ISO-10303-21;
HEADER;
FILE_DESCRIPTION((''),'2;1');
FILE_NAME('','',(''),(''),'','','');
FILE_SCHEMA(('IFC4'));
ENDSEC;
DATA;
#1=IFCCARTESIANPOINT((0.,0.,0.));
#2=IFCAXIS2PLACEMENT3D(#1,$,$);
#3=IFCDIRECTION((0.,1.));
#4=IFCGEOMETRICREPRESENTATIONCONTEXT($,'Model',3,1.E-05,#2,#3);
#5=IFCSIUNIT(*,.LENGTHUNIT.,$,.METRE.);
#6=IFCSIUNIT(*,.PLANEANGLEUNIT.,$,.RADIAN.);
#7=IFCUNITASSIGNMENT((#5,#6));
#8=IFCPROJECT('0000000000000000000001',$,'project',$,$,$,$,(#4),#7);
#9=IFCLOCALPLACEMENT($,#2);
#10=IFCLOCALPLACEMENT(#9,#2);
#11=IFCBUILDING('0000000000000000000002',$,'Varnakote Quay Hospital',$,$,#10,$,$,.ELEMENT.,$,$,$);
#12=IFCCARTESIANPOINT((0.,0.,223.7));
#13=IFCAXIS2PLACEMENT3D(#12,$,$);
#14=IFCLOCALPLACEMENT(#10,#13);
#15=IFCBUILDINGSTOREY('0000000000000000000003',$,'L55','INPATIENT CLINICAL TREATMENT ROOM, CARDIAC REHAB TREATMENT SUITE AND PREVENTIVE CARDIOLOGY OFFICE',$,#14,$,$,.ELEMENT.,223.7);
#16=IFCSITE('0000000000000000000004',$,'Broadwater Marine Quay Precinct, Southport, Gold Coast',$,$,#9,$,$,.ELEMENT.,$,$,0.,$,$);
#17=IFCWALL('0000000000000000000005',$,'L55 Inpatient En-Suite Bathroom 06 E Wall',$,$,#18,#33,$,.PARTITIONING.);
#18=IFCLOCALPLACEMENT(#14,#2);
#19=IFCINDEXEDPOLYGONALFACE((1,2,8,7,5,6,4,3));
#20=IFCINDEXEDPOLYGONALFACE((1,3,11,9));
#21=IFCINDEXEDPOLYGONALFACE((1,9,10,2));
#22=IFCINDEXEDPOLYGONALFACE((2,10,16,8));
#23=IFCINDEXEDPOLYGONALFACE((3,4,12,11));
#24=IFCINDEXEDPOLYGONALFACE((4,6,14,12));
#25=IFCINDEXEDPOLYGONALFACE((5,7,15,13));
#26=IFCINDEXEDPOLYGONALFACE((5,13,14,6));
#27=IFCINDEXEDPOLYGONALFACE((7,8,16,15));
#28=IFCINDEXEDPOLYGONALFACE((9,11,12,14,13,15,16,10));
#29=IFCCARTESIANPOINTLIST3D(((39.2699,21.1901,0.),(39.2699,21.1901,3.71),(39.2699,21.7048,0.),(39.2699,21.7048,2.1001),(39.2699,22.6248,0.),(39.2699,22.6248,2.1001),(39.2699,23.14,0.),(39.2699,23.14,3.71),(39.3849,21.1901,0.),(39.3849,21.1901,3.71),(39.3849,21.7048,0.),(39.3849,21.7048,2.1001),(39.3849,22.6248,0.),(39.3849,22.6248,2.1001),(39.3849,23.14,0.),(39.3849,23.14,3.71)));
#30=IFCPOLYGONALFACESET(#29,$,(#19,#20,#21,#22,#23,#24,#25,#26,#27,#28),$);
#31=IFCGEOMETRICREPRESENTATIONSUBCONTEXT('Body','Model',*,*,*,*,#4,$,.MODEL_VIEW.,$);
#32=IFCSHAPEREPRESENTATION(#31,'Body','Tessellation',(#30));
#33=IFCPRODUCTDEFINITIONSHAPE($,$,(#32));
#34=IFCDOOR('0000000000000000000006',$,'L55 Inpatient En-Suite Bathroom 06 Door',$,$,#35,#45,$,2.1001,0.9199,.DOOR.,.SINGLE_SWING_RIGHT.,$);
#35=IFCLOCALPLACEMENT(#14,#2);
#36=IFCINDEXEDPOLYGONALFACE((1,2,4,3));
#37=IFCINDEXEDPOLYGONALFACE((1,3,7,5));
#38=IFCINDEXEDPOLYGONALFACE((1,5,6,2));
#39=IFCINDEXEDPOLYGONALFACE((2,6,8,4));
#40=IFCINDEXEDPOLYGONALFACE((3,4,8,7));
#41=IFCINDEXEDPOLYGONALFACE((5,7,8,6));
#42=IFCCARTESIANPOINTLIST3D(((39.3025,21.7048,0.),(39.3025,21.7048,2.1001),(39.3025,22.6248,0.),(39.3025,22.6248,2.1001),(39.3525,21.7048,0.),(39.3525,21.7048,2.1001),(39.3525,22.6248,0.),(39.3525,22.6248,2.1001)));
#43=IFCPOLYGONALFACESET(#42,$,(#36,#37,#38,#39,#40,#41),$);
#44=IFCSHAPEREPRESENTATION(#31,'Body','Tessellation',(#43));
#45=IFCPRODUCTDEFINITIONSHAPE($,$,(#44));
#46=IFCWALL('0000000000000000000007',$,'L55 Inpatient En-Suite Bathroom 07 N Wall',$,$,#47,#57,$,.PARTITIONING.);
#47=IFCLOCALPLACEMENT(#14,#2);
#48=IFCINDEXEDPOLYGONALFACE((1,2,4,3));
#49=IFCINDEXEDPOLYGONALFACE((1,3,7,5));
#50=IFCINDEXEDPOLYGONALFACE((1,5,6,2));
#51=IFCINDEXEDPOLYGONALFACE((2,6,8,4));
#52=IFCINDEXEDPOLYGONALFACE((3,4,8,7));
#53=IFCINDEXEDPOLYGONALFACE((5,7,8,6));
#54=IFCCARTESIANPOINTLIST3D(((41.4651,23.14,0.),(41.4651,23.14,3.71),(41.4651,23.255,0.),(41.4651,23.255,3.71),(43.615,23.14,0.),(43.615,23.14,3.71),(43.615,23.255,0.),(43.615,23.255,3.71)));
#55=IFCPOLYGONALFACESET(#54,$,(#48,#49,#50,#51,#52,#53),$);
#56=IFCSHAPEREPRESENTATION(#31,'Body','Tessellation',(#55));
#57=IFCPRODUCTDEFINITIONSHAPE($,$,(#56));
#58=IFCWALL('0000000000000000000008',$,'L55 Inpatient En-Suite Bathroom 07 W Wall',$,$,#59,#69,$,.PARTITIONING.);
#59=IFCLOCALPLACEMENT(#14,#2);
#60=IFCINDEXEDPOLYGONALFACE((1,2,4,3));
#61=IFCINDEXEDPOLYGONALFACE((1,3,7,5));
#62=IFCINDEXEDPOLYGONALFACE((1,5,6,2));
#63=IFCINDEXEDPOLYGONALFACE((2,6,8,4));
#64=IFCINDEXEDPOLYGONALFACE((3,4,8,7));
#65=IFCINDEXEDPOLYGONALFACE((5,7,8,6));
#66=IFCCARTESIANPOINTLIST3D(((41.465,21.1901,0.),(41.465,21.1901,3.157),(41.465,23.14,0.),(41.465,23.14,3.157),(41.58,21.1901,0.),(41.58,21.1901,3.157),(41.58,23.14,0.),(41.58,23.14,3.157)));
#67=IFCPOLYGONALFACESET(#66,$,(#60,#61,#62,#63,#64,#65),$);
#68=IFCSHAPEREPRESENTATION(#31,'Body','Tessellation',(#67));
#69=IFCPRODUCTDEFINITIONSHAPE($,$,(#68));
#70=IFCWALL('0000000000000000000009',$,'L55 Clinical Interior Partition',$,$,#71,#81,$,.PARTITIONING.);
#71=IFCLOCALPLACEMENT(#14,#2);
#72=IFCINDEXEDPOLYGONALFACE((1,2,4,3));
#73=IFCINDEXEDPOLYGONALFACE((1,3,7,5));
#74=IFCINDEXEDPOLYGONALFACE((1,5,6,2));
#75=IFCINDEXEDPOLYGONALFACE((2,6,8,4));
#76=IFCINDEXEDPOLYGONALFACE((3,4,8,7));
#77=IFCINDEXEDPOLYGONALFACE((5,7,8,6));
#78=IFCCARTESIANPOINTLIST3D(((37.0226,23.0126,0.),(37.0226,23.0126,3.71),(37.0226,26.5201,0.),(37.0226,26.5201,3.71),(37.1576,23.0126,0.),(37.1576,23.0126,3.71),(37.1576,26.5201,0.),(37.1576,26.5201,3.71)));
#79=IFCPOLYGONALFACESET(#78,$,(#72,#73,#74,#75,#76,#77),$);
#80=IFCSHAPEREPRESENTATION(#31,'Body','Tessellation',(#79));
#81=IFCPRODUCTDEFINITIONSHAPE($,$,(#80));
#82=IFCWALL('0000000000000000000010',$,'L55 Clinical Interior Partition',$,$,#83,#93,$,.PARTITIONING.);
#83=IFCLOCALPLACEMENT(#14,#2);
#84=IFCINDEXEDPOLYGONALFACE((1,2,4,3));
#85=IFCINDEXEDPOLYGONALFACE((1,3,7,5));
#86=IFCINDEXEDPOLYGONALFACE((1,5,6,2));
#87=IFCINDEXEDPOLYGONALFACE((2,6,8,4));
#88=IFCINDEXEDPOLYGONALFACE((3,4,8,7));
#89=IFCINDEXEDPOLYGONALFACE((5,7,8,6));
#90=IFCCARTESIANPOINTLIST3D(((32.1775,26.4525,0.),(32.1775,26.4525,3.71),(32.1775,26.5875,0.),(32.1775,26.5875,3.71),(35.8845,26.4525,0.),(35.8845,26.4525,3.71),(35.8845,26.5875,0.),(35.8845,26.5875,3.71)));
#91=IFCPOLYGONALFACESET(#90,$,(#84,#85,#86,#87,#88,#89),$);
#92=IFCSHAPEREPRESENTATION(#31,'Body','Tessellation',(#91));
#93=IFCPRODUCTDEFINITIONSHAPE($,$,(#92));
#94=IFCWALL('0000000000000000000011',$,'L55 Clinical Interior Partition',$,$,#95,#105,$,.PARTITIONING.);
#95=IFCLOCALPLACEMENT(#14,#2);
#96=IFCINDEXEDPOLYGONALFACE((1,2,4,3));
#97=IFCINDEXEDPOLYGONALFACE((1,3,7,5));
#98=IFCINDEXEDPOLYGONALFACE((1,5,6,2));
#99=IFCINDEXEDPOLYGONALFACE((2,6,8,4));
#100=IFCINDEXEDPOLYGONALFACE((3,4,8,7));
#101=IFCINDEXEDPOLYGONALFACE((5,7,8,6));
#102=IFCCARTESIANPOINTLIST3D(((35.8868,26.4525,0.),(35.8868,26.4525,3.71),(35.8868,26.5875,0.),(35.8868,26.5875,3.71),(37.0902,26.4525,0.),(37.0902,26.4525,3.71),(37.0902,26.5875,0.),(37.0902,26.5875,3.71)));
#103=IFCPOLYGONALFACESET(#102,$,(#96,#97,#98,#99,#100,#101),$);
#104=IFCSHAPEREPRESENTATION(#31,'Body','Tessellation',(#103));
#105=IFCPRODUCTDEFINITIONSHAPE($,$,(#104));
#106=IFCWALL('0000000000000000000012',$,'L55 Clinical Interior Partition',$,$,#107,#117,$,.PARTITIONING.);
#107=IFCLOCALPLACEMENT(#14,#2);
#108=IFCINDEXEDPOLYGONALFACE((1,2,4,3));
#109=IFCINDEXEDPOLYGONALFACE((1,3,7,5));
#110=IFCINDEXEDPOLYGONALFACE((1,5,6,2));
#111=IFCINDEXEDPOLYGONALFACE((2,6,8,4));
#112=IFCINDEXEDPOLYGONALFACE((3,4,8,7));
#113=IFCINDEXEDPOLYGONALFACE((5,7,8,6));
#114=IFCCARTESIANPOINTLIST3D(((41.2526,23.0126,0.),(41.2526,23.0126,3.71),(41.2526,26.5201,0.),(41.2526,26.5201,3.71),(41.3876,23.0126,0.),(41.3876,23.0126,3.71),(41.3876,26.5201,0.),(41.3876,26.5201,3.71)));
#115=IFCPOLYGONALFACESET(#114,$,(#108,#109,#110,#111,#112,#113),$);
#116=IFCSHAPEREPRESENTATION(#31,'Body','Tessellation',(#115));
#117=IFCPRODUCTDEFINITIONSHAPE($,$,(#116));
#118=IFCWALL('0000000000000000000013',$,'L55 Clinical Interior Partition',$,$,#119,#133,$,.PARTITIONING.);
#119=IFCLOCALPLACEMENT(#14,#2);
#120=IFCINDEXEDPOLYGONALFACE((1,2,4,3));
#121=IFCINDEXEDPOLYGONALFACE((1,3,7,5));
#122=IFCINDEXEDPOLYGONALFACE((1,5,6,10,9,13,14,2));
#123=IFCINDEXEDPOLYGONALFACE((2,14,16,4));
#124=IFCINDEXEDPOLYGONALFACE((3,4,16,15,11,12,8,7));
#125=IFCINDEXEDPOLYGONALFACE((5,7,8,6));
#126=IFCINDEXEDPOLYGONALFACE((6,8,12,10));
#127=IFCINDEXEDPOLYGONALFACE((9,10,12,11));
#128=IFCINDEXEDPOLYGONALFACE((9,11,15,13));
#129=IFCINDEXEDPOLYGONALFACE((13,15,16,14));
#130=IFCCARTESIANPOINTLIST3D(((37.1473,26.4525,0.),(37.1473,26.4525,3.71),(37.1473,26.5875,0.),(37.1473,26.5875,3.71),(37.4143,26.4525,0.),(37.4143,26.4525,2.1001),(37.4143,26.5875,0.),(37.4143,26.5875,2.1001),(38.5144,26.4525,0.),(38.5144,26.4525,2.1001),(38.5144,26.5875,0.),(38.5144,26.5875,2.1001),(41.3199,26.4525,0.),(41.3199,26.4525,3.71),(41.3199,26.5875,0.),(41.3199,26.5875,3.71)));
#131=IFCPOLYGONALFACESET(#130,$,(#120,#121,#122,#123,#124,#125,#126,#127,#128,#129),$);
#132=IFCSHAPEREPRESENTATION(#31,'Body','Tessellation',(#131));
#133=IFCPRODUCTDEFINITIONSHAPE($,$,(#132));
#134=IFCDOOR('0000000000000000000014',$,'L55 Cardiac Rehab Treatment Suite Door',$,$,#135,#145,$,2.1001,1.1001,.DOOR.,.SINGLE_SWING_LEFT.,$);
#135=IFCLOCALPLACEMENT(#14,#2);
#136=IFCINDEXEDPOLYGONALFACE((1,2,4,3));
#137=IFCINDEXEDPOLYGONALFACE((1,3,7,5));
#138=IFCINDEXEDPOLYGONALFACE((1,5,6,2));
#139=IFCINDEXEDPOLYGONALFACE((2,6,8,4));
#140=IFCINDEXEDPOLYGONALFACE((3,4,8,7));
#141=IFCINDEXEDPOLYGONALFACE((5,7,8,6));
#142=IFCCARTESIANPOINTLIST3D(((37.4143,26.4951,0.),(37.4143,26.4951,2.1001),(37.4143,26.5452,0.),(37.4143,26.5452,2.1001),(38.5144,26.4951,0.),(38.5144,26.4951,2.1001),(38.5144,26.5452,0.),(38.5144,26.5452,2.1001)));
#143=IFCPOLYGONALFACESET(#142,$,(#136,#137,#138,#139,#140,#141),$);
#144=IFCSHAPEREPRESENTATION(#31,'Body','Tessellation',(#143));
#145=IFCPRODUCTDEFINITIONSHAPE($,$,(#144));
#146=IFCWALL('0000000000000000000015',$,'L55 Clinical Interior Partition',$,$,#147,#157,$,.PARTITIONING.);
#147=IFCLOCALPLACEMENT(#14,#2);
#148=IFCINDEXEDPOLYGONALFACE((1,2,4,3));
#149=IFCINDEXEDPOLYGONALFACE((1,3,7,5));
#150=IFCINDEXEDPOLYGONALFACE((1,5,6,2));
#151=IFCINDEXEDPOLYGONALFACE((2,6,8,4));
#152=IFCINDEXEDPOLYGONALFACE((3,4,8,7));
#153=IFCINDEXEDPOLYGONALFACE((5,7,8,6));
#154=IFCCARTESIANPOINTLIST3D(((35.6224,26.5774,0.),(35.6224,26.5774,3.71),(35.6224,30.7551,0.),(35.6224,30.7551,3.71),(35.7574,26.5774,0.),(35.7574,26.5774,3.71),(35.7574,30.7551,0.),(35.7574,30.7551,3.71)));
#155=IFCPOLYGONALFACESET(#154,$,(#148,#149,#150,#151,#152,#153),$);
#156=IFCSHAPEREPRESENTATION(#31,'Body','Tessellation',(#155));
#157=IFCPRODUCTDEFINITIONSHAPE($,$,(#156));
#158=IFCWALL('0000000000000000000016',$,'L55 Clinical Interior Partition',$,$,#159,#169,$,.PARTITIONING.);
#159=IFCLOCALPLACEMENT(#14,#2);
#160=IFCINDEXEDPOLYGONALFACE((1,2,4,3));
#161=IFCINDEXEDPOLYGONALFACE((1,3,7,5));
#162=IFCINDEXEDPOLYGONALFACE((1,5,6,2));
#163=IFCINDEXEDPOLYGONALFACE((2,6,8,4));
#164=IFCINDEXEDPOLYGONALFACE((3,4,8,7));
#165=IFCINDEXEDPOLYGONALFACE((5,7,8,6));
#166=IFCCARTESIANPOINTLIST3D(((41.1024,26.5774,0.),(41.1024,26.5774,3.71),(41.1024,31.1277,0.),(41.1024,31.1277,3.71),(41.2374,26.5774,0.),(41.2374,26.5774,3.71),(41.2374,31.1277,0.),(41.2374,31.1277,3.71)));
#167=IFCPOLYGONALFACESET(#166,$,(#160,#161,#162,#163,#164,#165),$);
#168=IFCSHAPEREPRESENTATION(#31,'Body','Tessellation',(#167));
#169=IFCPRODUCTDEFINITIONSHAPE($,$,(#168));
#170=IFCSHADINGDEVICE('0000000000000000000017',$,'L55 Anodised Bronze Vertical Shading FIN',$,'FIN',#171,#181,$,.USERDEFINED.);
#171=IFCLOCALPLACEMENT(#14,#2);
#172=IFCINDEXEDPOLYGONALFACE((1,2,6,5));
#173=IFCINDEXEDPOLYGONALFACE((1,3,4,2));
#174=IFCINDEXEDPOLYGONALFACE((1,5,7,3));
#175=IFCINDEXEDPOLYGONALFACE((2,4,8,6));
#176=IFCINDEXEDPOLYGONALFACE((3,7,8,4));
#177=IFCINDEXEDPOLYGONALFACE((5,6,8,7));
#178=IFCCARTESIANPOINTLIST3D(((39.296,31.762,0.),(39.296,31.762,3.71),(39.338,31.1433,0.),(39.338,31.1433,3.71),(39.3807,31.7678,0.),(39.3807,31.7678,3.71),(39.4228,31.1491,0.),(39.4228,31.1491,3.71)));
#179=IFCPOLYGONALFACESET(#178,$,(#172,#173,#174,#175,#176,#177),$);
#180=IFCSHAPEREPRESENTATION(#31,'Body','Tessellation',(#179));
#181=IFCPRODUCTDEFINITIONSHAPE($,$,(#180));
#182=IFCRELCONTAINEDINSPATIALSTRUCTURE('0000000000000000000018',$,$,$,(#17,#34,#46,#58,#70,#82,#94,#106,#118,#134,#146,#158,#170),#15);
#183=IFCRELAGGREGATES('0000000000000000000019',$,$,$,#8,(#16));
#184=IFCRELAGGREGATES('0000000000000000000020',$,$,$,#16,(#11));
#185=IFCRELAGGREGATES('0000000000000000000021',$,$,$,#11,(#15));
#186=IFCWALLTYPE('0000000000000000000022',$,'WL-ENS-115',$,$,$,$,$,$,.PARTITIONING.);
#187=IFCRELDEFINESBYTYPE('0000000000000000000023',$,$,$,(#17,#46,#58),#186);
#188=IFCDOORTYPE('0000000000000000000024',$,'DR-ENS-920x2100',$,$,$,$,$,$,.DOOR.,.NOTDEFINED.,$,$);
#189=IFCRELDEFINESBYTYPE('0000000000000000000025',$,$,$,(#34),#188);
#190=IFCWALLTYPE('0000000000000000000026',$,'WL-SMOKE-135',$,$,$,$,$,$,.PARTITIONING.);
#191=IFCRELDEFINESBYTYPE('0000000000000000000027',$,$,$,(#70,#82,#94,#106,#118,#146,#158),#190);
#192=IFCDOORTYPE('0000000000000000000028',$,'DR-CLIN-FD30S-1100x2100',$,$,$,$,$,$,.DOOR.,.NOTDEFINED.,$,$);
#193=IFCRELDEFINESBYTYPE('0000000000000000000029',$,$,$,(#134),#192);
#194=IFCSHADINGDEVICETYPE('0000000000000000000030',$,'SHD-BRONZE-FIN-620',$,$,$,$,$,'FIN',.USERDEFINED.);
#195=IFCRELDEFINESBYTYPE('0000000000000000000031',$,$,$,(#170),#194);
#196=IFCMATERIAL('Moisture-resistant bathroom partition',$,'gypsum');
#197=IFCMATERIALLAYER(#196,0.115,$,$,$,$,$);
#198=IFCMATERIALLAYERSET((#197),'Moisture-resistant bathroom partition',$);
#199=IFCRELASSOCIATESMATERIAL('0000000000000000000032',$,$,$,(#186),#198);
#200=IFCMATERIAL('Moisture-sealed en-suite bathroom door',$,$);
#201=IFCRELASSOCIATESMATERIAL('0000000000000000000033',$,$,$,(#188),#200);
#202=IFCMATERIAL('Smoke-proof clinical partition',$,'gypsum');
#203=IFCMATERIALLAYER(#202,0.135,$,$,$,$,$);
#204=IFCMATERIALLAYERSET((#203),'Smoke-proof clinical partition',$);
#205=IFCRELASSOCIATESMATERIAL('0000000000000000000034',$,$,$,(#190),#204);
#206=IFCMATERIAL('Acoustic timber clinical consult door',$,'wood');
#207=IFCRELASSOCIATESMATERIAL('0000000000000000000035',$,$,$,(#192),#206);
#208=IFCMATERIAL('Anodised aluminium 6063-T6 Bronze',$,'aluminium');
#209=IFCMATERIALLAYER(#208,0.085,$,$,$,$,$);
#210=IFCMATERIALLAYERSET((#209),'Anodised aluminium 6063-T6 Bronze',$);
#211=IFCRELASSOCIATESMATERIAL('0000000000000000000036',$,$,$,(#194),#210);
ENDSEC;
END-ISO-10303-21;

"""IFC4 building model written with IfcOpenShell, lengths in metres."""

from ifc_helpers import new_model, si_unit, direction, frame, frame_2d, origin, origin_2d, place, context, subcontext, project, spatial, rectangle, extrude, material, layer, layer_set, type_object, element, fill, save


model = new_model("IFC4")

# Units and contexts
model_context = context("Model", 3, precision=1e-05, world=origin(), true_north=direction((0.0, 1.0)))
body_context = subcontext(model_context, "Body", "Model", "MODEL_VIEW")
ifc_project = project(units=[si_unit("LENGTHUNIT", "METRE"), si_unit("PLANEANGLEUNIT", "RADIAN")], contexts=[model_context])

# Site, building, storey
site_placement = place(None, origin())
site = spatial("IfcSite", under=ifc_project, at=site_placement, Name="Broadwater Marine Quay Precinct, Southport, Gold Coast", CompositionType="ELEMENT", RefElevation=0.0)
building_placement = place(site_placement, origin())
building = spatial("IfcBuilding", under=site, at=building_placement, Name="Varnakote Quay Hospital", CompositionType="ELEMENT")
storey_placement = place(building_placement, frame((0.0, 0.0, 223.7)))
storey = spatial("IfcBuildingStorey", under=building, at=storey_placement, Name="L55", Description="INPATIENT CLINICAL TREATMENT ROOM, CARDIAC REHAB TREATMENT SUITE AND PREVENTIVE CARDIOLOGY OFFICE", CompositionType="ELEMENT", Elevation=223.7)

# Shared definitions
ifc_material_1 = material(Name="Moisture-resistant bathroom partition", Category="gypsum")
ifc_layer_1 = layer(ifc_material_1, 0.115)
ifc_layer_set_1 = layer_set([ifc_layer_1], Name="Moisture-resistant bathroom partition")
wall_type_1 = type_object("IfcWallType", Name="WL-ENS-115", PredefinedType="PARTITIONING", material=ifc_layer_set_1)

# Wall, opening, door
wall_1_placement = place(storey_placement, frame((39.3274, 21.1899, 0.0), z_axis=(0.0, 0.0, 1.0), x_axis=(0.0, 1.0, 0.0)))
wall_1 = element("IfcWall", 1, at=wall_1_placement, inside=storey, type_object=wall_type_1, Name="L55 Inpatient En-Suite Bathroom 06 E Wall", PredefinedType="PARTITIONING", context=body_context, shape_type="SweptSolid", body=[
    extrude(rectangle(XDim=1.95, YDim=0.115, at=frame_2d((0.9751, 0.0))), origin(), (0.0, 0.0, 1.0), 3.71),
])
opening_1_placement = place(wall_1_placement, frame((0.5149, 0.0, 0.0)))
opening_1 = element("IfcOpeningElement", 2, at=opening_1_placement, cuts=wall_1, PredefinedType="OPENING", context=body_context, shape_type="SweptSolid", body=[
    extrude(rectangle(XDim=0.9199, YDim=2.1001, at=frame_2d((0.46, 1.05))), frame((0.0, 0.0674, 0.0), z_axis=(0.0, -1.0, 0.0), x_axis=(1.0, 0.0, 0.0)), (0.0, 0.0, 1.0), 0.135),
])
ifc_material_2 = material(Name="Moisture-sealed en-suite bathroom door")
door_type_1 = type_object("IfcDoorType", Name="DR-ENS-920x2100", OperationType="NOTDEFINED", PredefinedType="DOOR", material=ifc_material_2)
door_1_placement = place(opening_1_placement, origin())
door_1 = element("IfcDoor", 3, at=door_1_placement, inside=storey, type_object=door_type_1, Name="L55 Inpatient En-Suite Bathroom 06 Door", OperationType="SINGLE_SWING_RIGHT", OverallHeight=2.1001, OverallWidth=0.9199, PredefinedType="DOOR", context=body_context, shape_type="SweptSolid", body=[
    extrude(rectangle(XDim=0.9199, YDim=2.1001, at=frame_2d((0.46, 1.05))), frame((0.0, 0.0249, 0.0), z_axis=(0.0, -1.0, 0.0), x_axis=(1.0, 0.0, 0.0)), (0.0, 0.0, 1.0), 0.05),
])
fill(opening_1, door_1)

# Walls
wall_2_placement = place(storey_placement, frame((41.4651, 23.1975, 0.0), z_axis=(0.0, 0.0, 1.0), x_axis=(1.0, 0.0, 0.0)))
element("IfcWall", 4, at=wall_2_placement, inside=storey, type_object=wall_type_1, Name="L55 Inpatient En-Suite Bathroom 07 N Wall", PredefinedType="PARTITIONING", context=body_context, shape_type="SweptSolid", body=[
    extrude(rectangle(XDim=2.1499, YDim=0.115, at=frame_2d((1.075, 0.0))), origin(), (0.0, 0.0, 1.0), 3.71),
])
wall_3_placement = place(storey_placement, frame((41.5225, 21.1899, 0.0), z_axis=(0.0, 0.0, 1.0), x_axis=(0.0, 1.0, 0.0)))
element("IfcWall", 5, at=wall_3_placement, inside=storey, type_object=wall_type_1, Name="L55 Inpatient En-Suite Bathroom 07 W Wall", PredefinedType="PARTITIONING", context=body_context, shape_type="SweptSolid", body=[
    extrude(rectangle(XDim=1.95, YDim=0.115, at=frame_2d((0.9751, 0.0))), origin(), (0.0, 0.0, 1.0), 3.157),
])
ifc_material_3 = material(Name="Smoke-proof clinical partition", Category="gypsum")
ifc_layer_2 = layer(ifc_material_3, 0.135)
ifc_layer_set_2 = layer_set([ifc_layer_2], Name="Smoke-proof clinical partition")
wall_type_2 = type_object("IfcWallType", Name="WL-SMOKE-135", PredefinedType="PARTITIONING", material=ifc_layer_set_2)
wall_4_placement = place(storey_placement, frame((37.0901, 23.0125, 0.0), z_axis=(0.0, 0.0, 1.0), x_axis=(0.0, 1.0, 0.0)))
element("IfcWall", 6, at=wall_4_placement, inside=storey, type_object=wall_type_2, Name="L55 Clinical Interior Partition", PredefinedType="PARTITIONING", context=body_context, shape_type="SweptSolid", body=[
    extrude(rectangle(XDim=3.5076, YDim=0.135, at=frame_2d((1.7539, 0.0))), origin(), (0.0, 0.0, 1.0), 3.71),
])
wall_5_placement = place(storey_placement, frame((35.8845, 26.52, 0.0), z_axis=(0.0, 0.0, 1.0), x_axis=(-1.0, 0.0, 0.0)))
element("IfcWall", 7, at=wall_5_placement, inside=storey, type_object=wall_type_2, Name="L55 Clinical Interior Partition", PredefinedType="PARTITIONING", context=body_context, shape_type="SweptSolid", body=[
    extrude(rectangle(XDim=3.707, YDim=0.135, at=frame_2d((1.8535, 0.0))), origin(), (0.0, 0.0, 1.0), 3.71),
])
wall_6_placement = place(storey_placement, frame((37.0901, 26.52, 0.0), z_axis=(0.0, 0.0, 1.0), x_axis=(-1.0, 0.0, 0.0)))
element("IfcWall", 8, at=wall_6_placement, inside=storey, type_object=wall_type_2, Name="L55 Clinical Interior Partition", PredefinedType="PARTITIONING", context=body_context, shape_type="SweptSolid", body=[
    extrude(rectangle(XDim=1.2034, YDim=0.135, at=frame_2d((0.6016, 0.0))), origin(), (0.0, 0.0, 1.0), 3.71),
])
wall_7_placement = place(storey_placement, frame((41.3201, 23.0125, 0.0), z_axis=(0.0, 0.0, 1.0), x_axis=(0.0, 1.0, 0.0)))
element("IfcWall", 9, at=wall_7_placement, inside=storey, type_object=wall_type_2, Name="L55 Clinical Interior Partition", PredefinedType="PARTITIONING", context=body_context, shape_type="SweptSolid", body=[
    extrude(rectangle(XDim=3.5076, YDim=0.135, at=frame_2d((1.7539, 0.0))), origin(), (0.0, 0.0, 1.0), 3.71),
])

# Wall, opening, door
wall_8_placement = place(storey_placement, frame((41.3201, 26.52, 0.0), z_axis=(0.0, 0.0, 1.0), x_axis=(-1.0, 0.0, 0.0)))
wall_8 = element("IfcWall", 10, at=wall_8_placement, inside=storey, type_object=wall_type_2, Name="L55 Clinical Interior Partition", PredefinedType="PARTITIONING", context=body_context, shape_type="SweptSolid", body=[
    extrude(rectangle(XDim=4.1726, YDim=0.135, at=frame_2d((2.0864, 0.0))), origin(), (0.0, 0.0, 1.0), 3.71),
])
opening_2_placement = place(wall_8_placement, frame((2.8057, 0.0, 0.0)))
opening_2 = element("IfcOpeningElement", 11, at=opening_2_placement, cuts=wall_8, PredefinedType="OPENING", context=body_context, shape_type="SweptSolid", body=[
    extrude(rectangle(XDim=1.1001, YDim=2.1001, at=frame_2d((0.55, 1.05))), frame((0.0, 0.0774, 0.0), z_axis=(0.0, -1.0, 0.0), x_axis=(1.0, 0.0, 0.0)), (0.0, 0.0, 1.0), 0.155),
])
ifc_material_4 = material(Name="Acoustic timber clinical consult door", Category="wood")
door_type_2 = type_object("IfcDoorType", Name="DR-CLIN-FD30S-1100x2100", OperationType="NOTDEFINED", PredefinedType="DOOR", material=ifc_material_4)
door_2_placement = place(opening_2_placement, origin())
door_2 = element("IfcDoor", 12, at=door_2_placement, inside=storey, type_object=door_type_2, Name="L55 Cardiac Rehab Treatment Suite Door", OperationType="SINGLE_SWING_LEFT", OverallHeight=2.1001, OverallWidth=1.1001, PredefinedType="DOOR", context=body_context, shape_type="SweptSolid", body=[
    extrude(rectangle(XDim=1.1001, YDim=2.1001, at=frame_2d((0.55, 1.05))), frame((0.0, 0.0249, 0.0), z_axis=(0.0, -1.0, 0.0), x_axis=(1.0, 0.0, 0.0)), (0.0, 0.0, 1.0), 0.05),
])
fill(opening_2, door_2)

# Walls
wall_9_placement = place(storey_placement, frame((35.6899, 26.5774, 0.0), z_axis=(0.0, 0.0, 1.0), x_axis=(0.0, 1.0, 0.0)))
element("IfcWall", 13, at=wall_9_placement, inside=storey, type_object=wall_type_2, Name="L55 Clinical Interior Partition", PredefinedType="PARTITIONING", context=body_context, shape_type="SweptSolid", body=[
    extrude(rectangle(XDim=4.1777, YDim=0.135, at=frame_2d((2.0889, 0.0))), origin(), (0.0, 0.0, 1.0), 3.71),
])
wall_10_placement = place(storey_placement, frame((41.1699, 26.5774, 0.0), z_axis=(0.0, 0.0, 1.0), x_axis=(0.0, 1.0, 0.0)))
element("IfcWall", 14, at=wall_10_placement, inside=storey, type_object=wall_type_2, Name="L55 Clinical Interior Partition", PredefinedType="PARTITIONING", context=body_context, shape_type="SweptSolid", body=[
    extrude(rectangle(XDim=4.5503, YDim=0.135, at=frame_2d((2.2751, 0.0))), origin(), (0.0, 0.0, 1.0), 3.71),
])

# Shading device
ifc_material_5 = material(Name="Anodised aluminium 6063-T6 Bronze", Category="aluminium")
ifc_layer_3 = layer(ifc_material_5, 0.085)
ifc_layer_set_3 = layer_set([ifc_layer_3], Name="Anodised aluminium 6063-T6 Bronze")
shading_device_type = type_object("IfcShadingDeviceType", Name="SHD-BRONZE-FIN-620", ElementType="FIN", PredefinedType="USERDEFINED", material=ifc_layer_set_3)
shading_device_placement = place(storey_placement, frame((39.3594, 31.4556, 0.0), z_axis=(0.0, 0.0, 1.0), x_axis=(0.067841, -0.997696, 0.0)))
element("IfcShadingDevice", 15, at=shading_device_placement, inside=storey, type_object=shading_device_type, Name="L55 Anodised Bronze Vertical Shading FIN", ObjectType="FIN", PredefinedType="USERDEFINED", context=body_context, shape_type="SweptSolid", body=[
    extrude(rectangle(XDim=0.6201, YDim=0.085, at=origin_2d()), origin(), (0.0, 0.0, 1.0), 3.71),
])

save(model, "model.ifc")
